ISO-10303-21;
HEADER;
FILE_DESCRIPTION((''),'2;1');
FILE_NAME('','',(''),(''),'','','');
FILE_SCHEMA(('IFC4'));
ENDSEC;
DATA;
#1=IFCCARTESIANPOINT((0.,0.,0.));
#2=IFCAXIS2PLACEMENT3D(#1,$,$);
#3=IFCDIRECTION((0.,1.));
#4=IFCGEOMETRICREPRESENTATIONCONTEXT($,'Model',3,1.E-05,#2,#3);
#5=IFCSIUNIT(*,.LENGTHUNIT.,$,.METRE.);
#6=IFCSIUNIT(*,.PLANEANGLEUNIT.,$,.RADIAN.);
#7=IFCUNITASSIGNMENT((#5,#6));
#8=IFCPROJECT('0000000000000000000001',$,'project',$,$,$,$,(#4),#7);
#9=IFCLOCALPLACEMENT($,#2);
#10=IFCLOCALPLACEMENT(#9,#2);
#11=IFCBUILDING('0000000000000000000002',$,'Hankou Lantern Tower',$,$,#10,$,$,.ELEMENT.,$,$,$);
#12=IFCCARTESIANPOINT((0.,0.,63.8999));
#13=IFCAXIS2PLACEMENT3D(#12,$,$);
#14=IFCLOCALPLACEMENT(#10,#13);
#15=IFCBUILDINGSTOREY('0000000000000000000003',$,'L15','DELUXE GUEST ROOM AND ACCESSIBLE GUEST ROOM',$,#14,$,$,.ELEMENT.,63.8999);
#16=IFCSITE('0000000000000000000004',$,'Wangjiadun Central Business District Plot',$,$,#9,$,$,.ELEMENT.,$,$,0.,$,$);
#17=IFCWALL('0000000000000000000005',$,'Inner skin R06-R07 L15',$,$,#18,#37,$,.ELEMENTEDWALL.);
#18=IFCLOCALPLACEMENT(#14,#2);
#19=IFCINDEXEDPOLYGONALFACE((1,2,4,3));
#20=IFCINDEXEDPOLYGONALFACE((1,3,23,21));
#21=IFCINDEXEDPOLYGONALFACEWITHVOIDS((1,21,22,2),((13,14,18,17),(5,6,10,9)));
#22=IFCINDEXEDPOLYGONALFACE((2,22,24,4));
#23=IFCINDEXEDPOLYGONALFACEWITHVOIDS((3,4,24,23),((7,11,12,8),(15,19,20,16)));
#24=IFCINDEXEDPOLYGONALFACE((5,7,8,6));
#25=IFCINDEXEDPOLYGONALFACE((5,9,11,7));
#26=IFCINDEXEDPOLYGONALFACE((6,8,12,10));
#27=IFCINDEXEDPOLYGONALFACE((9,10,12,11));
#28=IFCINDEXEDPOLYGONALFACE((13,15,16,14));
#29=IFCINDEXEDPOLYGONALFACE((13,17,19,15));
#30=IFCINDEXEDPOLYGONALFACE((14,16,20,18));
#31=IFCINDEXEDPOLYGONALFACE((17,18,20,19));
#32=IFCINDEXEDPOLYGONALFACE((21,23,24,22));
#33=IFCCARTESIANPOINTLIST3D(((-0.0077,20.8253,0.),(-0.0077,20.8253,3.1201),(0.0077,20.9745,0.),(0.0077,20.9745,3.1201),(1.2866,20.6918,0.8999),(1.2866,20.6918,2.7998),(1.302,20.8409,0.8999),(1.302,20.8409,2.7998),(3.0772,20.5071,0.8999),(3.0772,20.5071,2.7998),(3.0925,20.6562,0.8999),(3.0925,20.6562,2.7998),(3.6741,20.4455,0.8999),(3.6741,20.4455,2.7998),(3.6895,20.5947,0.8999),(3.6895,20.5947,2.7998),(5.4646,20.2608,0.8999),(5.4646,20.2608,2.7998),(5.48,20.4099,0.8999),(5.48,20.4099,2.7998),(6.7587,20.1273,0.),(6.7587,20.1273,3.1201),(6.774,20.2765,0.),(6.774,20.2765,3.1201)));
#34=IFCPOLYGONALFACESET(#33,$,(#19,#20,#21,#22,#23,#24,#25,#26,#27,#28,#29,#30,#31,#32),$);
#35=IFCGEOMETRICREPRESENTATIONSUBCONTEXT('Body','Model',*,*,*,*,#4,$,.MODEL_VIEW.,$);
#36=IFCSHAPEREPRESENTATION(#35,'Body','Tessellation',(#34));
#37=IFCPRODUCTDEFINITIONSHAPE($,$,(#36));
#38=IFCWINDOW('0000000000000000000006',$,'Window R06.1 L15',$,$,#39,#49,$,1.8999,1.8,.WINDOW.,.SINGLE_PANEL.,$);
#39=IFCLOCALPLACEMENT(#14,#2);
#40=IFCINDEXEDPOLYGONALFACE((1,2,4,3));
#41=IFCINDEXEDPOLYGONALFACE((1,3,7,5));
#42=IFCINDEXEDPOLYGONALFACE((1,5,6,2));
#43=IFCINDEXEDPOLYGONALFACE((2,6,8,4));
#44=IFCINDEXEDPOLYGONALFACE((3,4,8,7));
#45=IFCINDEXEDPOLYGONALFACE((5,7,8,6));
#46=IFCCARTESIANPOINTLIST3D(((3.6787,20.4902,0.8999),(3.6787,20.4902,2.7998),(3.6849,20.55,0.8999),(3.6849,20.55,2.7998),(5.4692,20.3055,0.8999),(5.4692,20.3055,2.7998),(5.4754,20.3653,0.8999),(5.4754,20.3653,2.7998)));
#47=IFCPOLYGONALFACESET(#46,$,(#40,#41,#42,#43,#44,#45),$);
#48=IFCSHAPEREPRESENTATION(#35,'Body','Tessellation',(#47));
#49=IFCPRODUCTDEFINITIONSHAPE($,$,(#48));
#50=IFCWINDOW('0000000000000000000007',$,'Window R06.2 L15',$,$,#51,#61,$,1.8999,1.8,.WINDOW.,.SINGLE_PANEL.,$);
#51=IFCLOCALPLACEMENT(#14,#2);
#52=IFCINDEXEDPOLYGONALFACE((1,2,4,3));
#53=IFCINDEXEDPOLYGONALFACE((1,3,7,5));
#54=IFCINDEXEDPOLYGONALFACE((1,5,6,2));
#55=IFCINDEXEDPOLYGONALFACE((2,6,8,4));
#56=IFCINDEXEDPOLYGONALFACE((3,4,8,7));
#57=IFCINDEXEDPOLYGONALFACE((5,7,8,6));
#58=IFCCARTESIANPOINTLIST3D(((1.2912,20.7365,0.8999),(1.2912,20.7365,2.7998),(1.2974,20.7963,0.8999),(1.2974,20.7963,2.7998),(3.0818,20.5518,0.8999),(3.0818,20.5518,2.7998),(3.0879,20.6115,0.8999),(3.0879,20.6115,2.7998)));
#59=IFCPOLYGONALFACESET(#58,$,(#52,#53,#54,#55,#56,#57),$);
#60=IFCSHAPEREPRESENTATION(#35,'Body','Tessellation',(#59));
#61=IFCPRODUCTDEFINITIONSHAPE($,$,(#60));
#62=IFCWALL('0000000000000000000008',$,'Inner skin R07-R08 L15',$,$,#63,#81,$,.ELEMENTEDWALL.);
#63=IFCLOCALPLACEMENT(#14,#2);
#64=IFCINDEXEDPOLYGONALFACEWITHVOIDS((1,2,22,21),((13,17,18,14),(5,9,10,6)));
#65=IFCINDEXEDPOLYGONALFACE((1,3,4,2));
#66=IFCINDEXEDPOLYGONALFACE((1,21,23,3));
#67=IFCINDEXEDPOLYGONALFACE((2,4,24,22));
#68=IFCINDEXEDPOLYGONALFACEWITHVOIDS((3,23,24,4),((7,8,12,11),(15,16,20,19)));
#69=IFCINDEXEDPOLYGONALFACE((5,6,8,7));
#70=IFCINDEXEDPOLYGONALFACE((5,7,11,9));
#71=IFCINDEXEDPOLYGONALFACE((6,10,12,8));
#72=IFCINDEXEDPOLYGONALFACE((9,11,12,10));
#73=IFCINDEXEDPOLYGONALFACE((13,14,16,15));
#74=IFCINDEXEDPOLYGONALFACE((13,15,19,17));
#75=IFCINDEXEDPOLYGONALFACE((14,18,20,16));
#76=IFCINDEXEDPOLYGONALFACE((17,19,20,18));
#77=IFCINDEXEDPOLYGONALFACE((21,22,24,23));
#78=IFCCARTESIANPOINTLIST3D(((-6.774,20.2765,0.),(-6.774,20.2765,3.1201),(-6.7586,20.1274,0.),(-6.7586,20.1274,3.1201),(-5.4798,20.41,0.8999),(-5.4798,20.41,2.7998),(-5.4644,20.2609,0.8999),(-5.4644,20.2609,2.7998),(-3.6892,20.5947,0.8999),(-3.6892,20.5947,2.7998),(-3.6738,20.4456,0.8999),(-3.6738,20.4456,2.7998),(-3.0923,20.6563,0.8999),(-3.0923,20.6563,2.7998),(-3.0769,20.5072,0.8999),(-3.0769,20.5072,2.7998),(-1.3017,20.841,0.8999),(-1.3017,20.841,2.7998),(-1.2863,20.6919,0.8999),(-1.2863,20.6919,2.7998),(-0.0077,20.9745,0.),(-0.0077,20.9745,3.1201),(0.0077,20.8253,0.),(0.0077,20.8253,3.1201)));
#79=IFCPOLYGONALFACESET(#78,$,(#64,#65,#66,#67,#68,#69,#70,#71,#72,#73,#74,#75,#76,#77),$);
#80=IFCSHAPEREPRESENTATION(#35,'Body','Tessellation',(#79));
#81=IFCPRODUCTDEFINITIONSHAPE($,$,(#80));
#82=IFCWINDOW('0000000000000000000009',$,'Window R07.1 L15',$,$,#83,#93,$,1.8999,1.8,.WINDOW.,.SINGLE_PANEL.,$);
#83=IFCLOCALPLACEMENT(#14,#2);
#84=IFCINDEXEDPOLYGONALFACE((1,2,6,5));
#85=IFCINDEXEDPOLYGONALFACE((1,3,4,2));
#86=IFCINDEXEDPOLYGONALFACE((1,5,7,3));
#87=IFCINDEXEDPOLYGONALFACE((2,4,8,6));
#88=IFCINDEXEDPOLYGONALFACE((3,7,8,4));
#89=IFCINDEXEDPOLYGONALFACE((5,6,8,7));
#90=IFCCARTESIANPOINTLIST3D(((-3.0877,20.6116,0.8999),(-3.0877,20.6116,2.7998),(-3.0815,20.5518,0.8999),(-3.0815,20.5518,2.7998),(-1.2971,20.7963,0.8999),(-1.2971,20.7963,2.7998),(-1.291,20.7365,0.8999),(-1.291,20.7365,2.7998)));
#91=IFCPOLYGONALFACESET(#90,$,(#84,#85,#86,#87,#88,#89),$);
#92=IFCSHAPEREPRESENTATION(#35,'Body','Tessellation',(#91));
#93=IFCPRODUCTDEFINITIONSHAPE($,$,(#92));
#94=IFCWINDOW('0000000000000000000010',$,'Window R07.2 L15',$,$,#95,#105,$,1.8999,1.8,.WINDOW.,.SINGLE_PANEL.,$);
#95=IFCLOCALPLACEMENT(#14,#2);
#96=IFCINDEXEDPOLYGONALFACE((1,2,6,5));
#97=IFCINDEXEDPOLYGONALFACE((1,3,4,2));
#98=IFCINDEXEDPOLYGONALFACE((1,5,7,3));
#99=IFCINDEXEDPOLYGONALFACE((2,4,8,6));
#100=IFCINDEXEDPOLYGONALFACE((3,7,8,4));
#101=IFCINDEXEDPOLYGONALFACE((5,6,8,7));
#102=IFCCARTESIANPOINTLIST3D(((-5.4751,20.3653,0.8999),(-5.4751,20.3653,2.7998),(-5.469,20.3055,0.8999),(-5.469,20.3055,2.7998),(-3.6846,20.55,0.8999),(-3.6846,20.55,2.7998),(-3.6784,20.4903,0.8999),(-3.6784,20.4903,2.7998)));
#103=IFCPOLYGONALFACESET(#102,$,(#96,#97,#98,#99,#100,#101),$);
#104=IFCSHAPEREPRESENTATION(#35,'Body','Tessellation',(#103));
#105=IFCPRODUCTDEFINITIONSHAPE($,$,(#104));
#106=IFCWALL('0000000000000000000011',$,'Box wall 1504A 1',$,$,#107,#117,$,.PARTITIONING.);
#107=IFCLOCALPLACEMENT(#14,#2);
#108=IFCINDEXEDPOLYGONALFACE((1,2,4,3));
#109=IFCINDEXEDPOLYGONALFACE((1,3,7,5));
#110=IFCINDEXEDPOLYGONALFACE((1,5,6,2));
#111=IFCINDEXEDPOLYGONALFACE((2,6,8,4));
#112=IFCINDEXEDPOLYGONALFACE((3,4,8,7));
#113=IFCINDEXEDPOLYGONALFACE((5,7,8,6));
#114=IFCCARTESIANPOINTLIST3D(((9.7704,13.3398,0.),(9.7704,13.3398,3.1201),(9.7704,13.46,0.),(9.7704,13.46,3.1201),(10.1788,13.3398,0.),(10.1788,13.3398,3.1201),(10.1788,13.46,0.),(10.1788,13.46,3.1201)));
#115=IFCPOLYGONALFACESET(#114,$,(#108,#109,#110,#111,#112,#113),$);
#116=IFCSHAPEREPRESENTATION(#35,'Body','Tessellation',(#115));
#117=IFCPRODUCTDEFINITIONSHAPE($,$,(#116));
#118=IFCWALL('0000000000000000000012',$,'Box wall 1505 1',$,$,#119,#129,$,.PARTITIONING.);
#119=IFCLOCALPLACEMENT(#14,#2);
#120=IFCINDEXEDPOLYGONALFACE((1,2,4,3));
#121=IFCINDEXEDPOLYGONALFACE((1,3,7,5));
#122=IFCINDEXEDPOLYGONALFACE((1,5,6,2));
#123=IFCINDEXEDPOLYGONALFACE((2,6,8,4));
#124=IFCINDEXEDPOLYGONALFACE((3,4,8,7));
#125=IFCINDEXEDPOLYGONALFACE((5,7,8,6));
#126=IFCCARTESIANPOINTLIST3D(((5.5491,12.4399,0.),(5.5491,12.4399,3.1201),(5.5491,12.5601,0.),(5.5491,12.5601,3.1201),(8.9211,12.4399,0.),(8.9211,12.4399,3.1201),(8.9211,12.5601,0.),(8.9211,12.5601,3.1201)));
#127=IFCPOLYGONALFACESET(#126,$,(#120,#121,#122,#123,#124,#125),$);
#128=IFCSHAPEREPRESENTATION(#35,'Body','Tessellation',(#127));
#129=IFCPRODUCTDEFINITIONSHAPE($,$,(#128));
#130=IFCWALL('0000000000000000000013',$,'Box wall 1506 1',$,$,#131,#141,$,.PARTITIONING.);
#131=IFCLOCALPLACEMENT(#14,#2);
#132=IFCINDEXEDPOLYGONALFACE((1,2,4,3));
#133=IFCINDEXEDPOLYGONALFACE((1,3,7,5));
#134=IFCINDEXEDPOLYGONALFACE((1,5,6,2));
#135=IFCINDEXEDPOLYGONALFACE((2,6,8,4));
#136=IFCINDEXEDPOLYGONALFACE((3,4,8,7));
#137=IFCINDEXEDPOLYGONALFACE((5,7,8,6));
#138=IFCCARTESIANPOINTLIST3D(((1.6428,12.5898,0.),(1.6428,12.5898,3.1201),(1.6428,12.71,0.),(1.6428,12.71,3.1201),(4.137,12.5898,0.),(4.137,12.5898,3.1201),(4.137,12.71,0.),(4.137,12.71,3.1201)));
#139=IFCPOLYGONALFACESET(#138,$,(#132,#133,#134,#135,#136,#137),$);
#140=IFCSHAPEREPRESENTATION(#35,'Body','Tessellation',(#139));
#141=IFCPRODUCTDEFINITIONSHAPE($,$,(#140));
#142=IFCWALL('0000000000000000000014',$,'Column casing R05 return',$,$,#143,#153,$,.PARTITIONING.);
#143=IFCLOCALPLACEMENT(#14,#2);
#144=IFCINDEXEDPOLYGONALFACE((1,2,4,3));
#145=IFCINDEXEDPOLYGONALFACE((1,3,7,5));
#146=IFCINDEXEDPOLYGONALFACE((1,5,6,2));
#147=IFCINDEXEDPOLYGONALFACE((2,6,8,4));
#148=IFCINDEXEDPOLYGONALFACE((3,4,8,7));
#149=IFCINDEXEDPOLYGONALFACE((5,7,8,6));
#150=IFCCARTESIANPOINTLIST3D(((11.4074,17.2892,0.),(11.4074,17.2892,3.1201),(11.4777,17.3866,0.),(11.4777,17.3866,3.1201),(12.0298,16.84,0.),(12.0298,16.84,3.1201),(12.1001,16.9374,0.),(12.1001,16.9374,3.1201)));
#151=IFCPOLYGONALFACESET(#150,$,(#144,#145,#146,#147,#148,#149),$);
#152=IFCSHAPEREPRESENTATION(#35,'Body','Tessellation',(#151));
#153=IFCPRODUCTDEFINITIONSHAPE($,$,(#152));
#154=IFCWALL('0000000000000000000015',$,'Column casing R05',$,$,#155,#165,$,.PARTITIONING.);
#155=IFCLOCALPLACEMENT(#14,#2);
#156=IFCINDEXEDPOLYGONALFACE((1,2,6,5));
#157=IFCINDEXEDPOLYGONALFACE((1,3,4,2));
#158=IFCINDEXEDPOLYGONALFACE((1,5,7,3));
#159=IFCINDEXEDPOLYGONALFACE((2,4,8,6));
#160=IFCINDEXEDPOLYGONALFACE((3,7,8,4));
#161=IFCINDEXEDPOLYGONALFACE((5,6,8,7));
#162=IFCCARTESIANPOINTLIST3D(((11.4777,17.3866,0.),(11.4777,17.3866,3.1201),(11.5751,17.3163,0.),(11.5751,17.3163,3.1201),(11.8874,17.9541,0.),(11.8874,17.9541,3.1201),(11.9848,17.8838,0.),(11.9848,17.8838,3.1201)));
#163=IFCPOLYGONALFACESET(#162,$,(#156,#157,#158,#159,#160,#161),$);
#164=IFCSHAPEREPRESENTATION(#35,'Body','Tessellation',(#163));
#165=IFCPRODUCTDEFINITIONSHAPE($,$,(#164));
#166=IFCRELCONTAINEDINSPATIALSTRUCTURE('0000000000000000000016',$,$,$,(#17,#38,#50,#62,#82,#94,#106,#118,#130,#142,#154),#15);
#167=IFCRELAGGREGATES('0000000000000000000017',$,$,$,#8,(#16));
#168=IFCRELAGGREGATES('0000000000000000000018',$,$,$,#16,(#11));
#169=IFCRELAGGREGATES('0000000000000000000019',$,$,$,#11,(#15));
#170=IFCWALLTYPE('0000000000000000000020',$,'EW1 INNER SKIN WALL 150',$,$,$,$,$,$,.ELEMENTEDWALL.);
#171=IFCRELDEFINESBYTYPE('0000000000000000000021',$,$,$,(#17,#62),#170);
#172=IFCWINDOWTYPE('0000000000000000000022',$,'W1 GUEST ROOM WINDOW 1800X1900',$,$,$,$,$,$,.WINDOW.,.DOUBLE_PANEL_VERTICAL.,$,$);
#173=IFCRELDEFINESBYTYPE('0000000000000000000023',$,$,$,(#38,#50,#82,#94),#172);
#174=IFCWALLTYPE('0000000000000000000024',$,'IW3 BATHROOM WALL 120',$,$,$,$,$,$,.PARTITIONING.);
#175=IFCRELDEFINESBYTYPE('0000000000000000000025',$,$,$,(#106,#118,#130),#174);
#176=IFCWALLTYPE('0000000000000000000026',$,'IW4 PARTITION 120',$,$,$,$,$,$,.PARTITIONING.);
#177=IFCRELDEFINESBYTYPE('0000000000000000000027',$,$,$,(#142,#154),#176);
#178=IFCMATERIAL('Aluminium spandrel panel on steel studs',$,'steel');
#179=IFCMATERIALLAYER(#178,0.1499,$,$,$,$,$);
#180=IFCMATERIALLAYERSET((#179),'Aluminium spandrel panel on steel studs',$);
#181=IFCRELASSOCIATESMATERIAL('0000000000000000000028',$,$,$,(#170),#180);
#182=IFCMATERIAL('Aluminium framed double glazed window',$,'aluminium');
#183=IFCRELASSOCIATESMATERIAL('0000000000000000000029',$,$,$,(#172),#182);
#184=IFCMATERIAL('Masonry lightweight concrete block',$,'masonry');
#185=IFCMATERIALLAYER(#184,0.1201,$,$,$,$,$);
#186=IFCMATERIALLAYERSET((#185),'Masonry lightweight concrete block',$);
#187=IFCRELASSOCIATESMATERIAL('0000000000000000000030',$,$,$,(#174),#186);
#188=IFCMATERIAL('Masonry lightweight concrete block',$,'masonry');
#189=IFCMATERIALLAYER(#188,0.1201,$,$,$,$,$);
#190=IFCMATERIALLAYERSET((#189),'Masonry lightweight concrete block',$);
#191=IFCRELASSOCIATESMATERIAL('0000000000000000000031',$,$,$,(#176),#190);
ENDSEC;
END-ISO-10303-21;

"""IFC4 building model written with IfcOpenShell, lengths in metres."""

from ifc_helpers import new_model, si_unit, direction, frame, frame_2d, origin, place, context, subcontext, project, spatial, rectangle, extrude, material, layer, layer_set, type_object, element, fill, save


model = new_model("IFC4")

# Units and contexts
model_context = context("Model", 3, precision=1e-05, world=origin(), true_north=direction((0.0, 1.0)))
body_context = subcontext(model_context, "Body", "Model", "MODEL_VIEW")
ifc_project = project(units=[si_unit("LENGTHUNIT", "METRE"), si_unit("PLANEANGLEUNIT", "RADIAN")], contexts=[model_context])

# Site, building, storey
site_placement = place(None, origin())
site = spatial("IfcSite", under=ifc_project, at=site_placement, Name="Wangjiadun Central Business District Plot", CompositionType="ELEMENT", RefElevation=0.0)
building_placement = place(site_placement, origin())
building = spatial("IfcBuilding", under=site, at=building_placement, Name="Hankou Lantern Tower", CompositionType="ELEMENT")
storey_placement = place(building_placement, frame((0.0, 0.0, 63.8999)))
storey = spatial("IfcBuildingStorey", under=building, at=storey_placement, Name="L15", Description="DELUXE GUEST ROOM AND ACCESSIBLE GUEST ROOM", CompositionType="ELEMENT", Elevation=63.8999)

# Walls, openings, windows
ifc_material_1 = material(Name="Aluminium spandrel panel on steel studs", Category="steel")
ifc_layer_1 = layer(ifc_material_1, 0.1499)
ifc_layer_set_1 = layer_set([ifc_layer_1], Name="Aluminium spandrel panel on steel studs")
wall_type_1 = type_object("IfcWallType", Name="EW1 INNER SKIN WALL 150", PredefinedType="ELEMENTEDWALL", material=ifc_layer_set_1)
wall_1_placement = place(storey_placement, frame((6.7664, 20.2019, 0.0), z_axis=(0.0, 0.0, 1.0), x_axis=(-0.994721, 0.102613, 0.0)))
wall_1 = element("IfcWall", 1, at=wall_1_placement, inside=storey, type_object=wall_type_1, Name="Inner skin R06-R07 L15", PredefinedType="ELEMENTEDWALL", context=body_context, shape_type="SweptSolid", body=[
    extrude(rectangle(XDim=6.8022, YDim=0.1499, at=frame_2d((3.4011, 0.0))), origin(), (0.0, 0.0, 1.0), 3.1201),
])
opening_1_placement = place(wall_1_placement, frame((1.301, 0.0, 0.8999)))
opening_1 = element("IfcOpeningElement", 2, at=opening_1_placement, cuts=wall_1, PredefinedType="OPENING", context=body_context, shape_type="SweptSolid", body=[
    extrude(rectangle(XDim=1.8, YDim=1.8999, at=frame_2d((0.8999, 0.95))), frame((0.0, 0.085, 0.0), z_axis=(0.0, -1.0, 0.0), x_axis=(1.0, 0.0, 0.0)), (0.0, 0.0, 1.0), 0.1699),
])
opening_2_placement = place(wall_1_placement, frame((3.7012, 0.0, 0.8999)))
opening_2 = element("IfcOpeningElement", 3, at=opening_2_placement, cuts=wall_1, PredefinedType="OPENING", context=body_context, shape_type="SweptSolid", body=[
    extrude(rectangle(XDim=1.8, YDim=1.8999, at=frame_2d((0.8999, 0.95))), frame((0.0, 0.085, 0.0), z_axis=(0.0, -1.0, 0.0), x_axis=(1.0, 0.0, 0.0)), (0.0, 0.0, 1.0), 0.1699),
])
ifc_material_2 = material(Name="Aluminium framed double glazed window", Category="aluminium")
window_type = type_object("IfcWindowType", Name="W1 GUEST ROOM WINDOW 1800X1900", PartitioningType="DOUBLE_PANEL_VERTICAL", PredefinedType="WINDOW", material=ifc_material_2)
window_1_placement = place(opening_1_placement, origin())
window_1 = element("IfcWindow", 4, at=window_1_placement, inside=storey, type_object=window_type, Name="Window R06.1 L15", OverallHeight=1.8999, OverallWidth=1.8, PartitioningType="SINGLE_PANEL", PredefinedType="WINDOW", context=body_context, shape_type="SweptSolid", body=[
    extrude(rectangle(XDim=1.8, YDim=1.8999, at=frame_2d((0.8999, 0.95))), frame((0.0, 0.03, 0.0), z_axis=(0.0, -1.0, 0.0), x_axis=(1.0, 0.0, 0.0)), (0.0, 0.0, 1.0), 0.0601),
])
fill(opening_1, window_1)
window_2_placement = place(opening_2_placement, origin())
window_2 = element("IfcWindow", 5, at=window_2_placement, inside=storey, type_object=window_type, Name="Window R06.2 L15", OverallHeight=1.8999, OverallWidth=1.8, PartitioningType="SINGLE_PANEL", PredefinedType="WINDOW", context=body_context, shape_type="SweptSolid", body=[
    extrude(rectangle(XDim=1.8, YDim=1.8999, at=frame_2d((0.8999, 0.95))), frame((0.0, 0.03, 0.0), z_axis=(0.0, -1.0, 0.0), x_axis=(1.0, 0.0, 0.0)), (0.0, 0.0, 1.0), 0.0601),
])
fill(opening_2, window_2)
wall_2_placement = place(storey_placement, frame((0.0, 20.8999, 0.0), z_axis=(0.0, 0.0, 1.0), x_axis=(-0.994721, -0.102613, 0.0)))
wall_2 = element("IfcWall", 6, at=wall_2_placement, inside=storey, type_object=wall_type_1, Name="Inner skin R07-R08 L15", PredefinedType="ELEMENTEDWALL", context=body_context, shape_type="SweptSolid", body=[
    extrude(rectangle(XDim=6.8022, YDim=0.1499, at=frame_2d((3.4011, 0.0))), origin(), (0.0, 0.0, 1.0), 3.1201),
])
opening_3_placement = place(wall_2_placement, frame((1.301, 0.0, 0.8999)))
opening_3 = element("IfcOpeningElement", 7, at=opening_3_placement, cuts=wall_2, PredefinedType="OPENING", context=body_context, shape_type="SweptSolid", body=[
    extrude(rectangle(XDim=1.8, YDim=1.8999, at=frame_2d((0.8999, 0.95))), frame((0.0, 0.085, 0.0), z_axis=(0.0, -1.0, 0.0), x_axis=(1.0, 0.0, 0.0)), (0.0, 0.0, 1.0), 0.1699),
])
opening_4_placement = place(wall_2_placement, frame((3.7012, 0.0, 0.8999)))
opening_4 = element("IfcOpeningElement", 8, at=opening_4_placement, cuts=wall_2, PredefinedType="OPENING", context=body_context, shape_type="SweptSolid", body=[
    extrude(rectangle(XDim=1.8, YDim=1.8999, at=frame_2d((0.8999, 0.95))), frame((0.0, 0.085, 0.0), z_axis=(0.0, -1.0, 0.0), x_axis=(1.0, 0.0, 0.0)), (0.0, 0.0, 1.0), 0.1699),
])
window_3_placement = place(opening_3_placement, origin())
window_3 = element("IfcWindow", 9, at=window_3_placement, inside=storey, type_object=window_type, Name="Window R07.1 L15", OverallHeight=1.8999, OverallWidth=1.8, PartitioningType="SINGLE_PANEL", PredefinedType="WINDOW", context=body_context, shape_type="SweptSolid", body=[
    extrude(rectangle(XDim=1.8, YDim=1.8999, at=frame_2d((0.8999, 0.95))), frame((0.0, 0.03, 0.0), z_axis=(0.0, -1.0, 0.0), x_axis=(1.0, 0.0, 0.0)), (0.0, 0.0, 1.0), 0.0601),
])
fill(opening_3, window_3)
window_4_placement = place(opening_4_placement, origin())
window_4 = element("IfcWindow", 10, at=window_4_placement, inside=storey, type_object=window_type, Name="Window R07.2 L15", OverallHeight=1.8999, OverallWidth=1.8, PartitioningType="SINGLE_PANEL", PredefinedType="WINDOW", context=body_context, shape_type="SweptSolid", body=[
    extrude(rectangle(XDim=1.8, YDim=1.8999, at=frame_2d((0.8999, 0.95))), frame((0.0, 0.03, 0.0), z_axis=(0.0, -1.0, 0.0), x_axis=(1.0, 0.0, 0.0)), (0.0, 0.0, 1.0), 0.0601),
])
fill(opening_4, window_4)

# Walls
ifc_material_3 = material(Name="Masonry lightweight concrete block", Category="masonry")
ifc_layer_2 = layer(ifc_material_3, 0.1201)
ifc_layer_set_2 = layer_set([ifc_layer_2], Name="Masonry lightweight concrete block")
wall_type_2 = type_object("IfcWallType", Name="IW3 BATHROOM WALL 120", PredefinedType="PARTITIONING", material=ifc_layer_set_2)
wall_3_placement = place(storey_placement, frame((9.7705, 13.3999, 0.0), z_axis=(0.0, 0.0, 1.0), x_axis=(1.0, 0.0, 0.0)))
element("IfcWall", 11, at=wall_3_placement, inside=storey, type_object=wall_type_2, Name="Box wall 1504A 1", PredefinedType="PARTITIONING", context=body_context, shape_type="SweptSolid", body=[
    extrude(rectangle(XDim=0.4084, YDim=0.1201, at=frame_2d((0.2041, 0.0))), origin(), (0.0, 0.0, 1.0), 3.1201),
])
wall_4_placement = place(storey_placement, frame((8.9211, 12.5, 0.0), z_axis=(0.0, 0.0, 1.0), x_axis=(-1.0, 0.0, 0.0)))
element("IfcWall", 12, at=wall_4_placement, inside=storey, type_object=wall_type_2, Name="Box wall 1505 1", PredefinedType="PARTITIONING", context=body_context, shape_type="SweptSolid", body=[
    extrude(rectangle(XDim=3.3721, YDim=0.1201, at=frame_2d((1.686, 0.0))), origin(), (0.0, 0.0, 1.0), 3.1201),
])
wall_5_placement = place(storey_placement, frame((4.137, 12.6499, 0.0), z_axis=(0.0, 0.0, 1.0), x_axis=(-1.0, 0.0, 0.0)))
element("IfcWall", 13, at=wall_5_placement, inside=storey, type_object=wall_type_2, Name="Box wall 1506 1", PredefinedType="PARTITIONING", context=body_context, shape_type="SweptSolid", body=[
    extrude(rectangle(XDim=2.4941, YDim=0.1201, at=frame_2d((1.2471, 0.0))), origin(), (0.0, 0.0, 1.0), 3.1201),
])
ifc_material_4 = material(Name="Masonry lightweight concrete block", Category="masonry")
ifc_layer_3 = layer(ifc_material_4, 0.1201)
ifc_layer_set_3 = layer_set([ifc_layer_3], Name="Masonry lightweight concrete block")
wall_type_3 = type_object("IfcWallType", Name="IW4 PARTITION 120", PredefinedType="PARTITIONING", material=ifc_layer_set_3)
wall_6_placement = place(storey_placement, frame((12.0649, 16.8887, 0.0), z_axis=(0.0, 0.0, 1.0), x_axis=(-0.810822, 0.585293, 0.0)))
element("IfcWall", 14, at=wall_6_placement, inside=storey, type_object=wall_type_3, Name="Column casing R05 return", PredefinedType="PARTITIONING", context=body_context, shape_type="SweptSolid", body=[
    extrude(rectangle(XDim=0.7676, YDim=0.1201, at=frame_2d((0.3838, 0.0))), origin(), (0.0, 0.0, 1.0), 3.1201),
])
wall_7_placement = place(storey_placement, frame((11.5264, 17.3513, 0.0), z_axis=(0.0, 0.0, 1.0), x_axis=(0.585223, 0.810872, 0.0)))
element("IfcWall", 15, at=wall_7_placement, inside=storey, type_object=wall_type_3, Name="Column casing R05", PredefinedType="PARTITIONING", context=body_context, shape_type="SweptSolid", body=[
    extrude(rectangle(XDim=0.7, YDim=0.1201, at=frame_2d((0.3501, 0.0))), origin(), (0.0, 0.0, 1.0), 3.1201),
])

save(model, "model.ifc")
